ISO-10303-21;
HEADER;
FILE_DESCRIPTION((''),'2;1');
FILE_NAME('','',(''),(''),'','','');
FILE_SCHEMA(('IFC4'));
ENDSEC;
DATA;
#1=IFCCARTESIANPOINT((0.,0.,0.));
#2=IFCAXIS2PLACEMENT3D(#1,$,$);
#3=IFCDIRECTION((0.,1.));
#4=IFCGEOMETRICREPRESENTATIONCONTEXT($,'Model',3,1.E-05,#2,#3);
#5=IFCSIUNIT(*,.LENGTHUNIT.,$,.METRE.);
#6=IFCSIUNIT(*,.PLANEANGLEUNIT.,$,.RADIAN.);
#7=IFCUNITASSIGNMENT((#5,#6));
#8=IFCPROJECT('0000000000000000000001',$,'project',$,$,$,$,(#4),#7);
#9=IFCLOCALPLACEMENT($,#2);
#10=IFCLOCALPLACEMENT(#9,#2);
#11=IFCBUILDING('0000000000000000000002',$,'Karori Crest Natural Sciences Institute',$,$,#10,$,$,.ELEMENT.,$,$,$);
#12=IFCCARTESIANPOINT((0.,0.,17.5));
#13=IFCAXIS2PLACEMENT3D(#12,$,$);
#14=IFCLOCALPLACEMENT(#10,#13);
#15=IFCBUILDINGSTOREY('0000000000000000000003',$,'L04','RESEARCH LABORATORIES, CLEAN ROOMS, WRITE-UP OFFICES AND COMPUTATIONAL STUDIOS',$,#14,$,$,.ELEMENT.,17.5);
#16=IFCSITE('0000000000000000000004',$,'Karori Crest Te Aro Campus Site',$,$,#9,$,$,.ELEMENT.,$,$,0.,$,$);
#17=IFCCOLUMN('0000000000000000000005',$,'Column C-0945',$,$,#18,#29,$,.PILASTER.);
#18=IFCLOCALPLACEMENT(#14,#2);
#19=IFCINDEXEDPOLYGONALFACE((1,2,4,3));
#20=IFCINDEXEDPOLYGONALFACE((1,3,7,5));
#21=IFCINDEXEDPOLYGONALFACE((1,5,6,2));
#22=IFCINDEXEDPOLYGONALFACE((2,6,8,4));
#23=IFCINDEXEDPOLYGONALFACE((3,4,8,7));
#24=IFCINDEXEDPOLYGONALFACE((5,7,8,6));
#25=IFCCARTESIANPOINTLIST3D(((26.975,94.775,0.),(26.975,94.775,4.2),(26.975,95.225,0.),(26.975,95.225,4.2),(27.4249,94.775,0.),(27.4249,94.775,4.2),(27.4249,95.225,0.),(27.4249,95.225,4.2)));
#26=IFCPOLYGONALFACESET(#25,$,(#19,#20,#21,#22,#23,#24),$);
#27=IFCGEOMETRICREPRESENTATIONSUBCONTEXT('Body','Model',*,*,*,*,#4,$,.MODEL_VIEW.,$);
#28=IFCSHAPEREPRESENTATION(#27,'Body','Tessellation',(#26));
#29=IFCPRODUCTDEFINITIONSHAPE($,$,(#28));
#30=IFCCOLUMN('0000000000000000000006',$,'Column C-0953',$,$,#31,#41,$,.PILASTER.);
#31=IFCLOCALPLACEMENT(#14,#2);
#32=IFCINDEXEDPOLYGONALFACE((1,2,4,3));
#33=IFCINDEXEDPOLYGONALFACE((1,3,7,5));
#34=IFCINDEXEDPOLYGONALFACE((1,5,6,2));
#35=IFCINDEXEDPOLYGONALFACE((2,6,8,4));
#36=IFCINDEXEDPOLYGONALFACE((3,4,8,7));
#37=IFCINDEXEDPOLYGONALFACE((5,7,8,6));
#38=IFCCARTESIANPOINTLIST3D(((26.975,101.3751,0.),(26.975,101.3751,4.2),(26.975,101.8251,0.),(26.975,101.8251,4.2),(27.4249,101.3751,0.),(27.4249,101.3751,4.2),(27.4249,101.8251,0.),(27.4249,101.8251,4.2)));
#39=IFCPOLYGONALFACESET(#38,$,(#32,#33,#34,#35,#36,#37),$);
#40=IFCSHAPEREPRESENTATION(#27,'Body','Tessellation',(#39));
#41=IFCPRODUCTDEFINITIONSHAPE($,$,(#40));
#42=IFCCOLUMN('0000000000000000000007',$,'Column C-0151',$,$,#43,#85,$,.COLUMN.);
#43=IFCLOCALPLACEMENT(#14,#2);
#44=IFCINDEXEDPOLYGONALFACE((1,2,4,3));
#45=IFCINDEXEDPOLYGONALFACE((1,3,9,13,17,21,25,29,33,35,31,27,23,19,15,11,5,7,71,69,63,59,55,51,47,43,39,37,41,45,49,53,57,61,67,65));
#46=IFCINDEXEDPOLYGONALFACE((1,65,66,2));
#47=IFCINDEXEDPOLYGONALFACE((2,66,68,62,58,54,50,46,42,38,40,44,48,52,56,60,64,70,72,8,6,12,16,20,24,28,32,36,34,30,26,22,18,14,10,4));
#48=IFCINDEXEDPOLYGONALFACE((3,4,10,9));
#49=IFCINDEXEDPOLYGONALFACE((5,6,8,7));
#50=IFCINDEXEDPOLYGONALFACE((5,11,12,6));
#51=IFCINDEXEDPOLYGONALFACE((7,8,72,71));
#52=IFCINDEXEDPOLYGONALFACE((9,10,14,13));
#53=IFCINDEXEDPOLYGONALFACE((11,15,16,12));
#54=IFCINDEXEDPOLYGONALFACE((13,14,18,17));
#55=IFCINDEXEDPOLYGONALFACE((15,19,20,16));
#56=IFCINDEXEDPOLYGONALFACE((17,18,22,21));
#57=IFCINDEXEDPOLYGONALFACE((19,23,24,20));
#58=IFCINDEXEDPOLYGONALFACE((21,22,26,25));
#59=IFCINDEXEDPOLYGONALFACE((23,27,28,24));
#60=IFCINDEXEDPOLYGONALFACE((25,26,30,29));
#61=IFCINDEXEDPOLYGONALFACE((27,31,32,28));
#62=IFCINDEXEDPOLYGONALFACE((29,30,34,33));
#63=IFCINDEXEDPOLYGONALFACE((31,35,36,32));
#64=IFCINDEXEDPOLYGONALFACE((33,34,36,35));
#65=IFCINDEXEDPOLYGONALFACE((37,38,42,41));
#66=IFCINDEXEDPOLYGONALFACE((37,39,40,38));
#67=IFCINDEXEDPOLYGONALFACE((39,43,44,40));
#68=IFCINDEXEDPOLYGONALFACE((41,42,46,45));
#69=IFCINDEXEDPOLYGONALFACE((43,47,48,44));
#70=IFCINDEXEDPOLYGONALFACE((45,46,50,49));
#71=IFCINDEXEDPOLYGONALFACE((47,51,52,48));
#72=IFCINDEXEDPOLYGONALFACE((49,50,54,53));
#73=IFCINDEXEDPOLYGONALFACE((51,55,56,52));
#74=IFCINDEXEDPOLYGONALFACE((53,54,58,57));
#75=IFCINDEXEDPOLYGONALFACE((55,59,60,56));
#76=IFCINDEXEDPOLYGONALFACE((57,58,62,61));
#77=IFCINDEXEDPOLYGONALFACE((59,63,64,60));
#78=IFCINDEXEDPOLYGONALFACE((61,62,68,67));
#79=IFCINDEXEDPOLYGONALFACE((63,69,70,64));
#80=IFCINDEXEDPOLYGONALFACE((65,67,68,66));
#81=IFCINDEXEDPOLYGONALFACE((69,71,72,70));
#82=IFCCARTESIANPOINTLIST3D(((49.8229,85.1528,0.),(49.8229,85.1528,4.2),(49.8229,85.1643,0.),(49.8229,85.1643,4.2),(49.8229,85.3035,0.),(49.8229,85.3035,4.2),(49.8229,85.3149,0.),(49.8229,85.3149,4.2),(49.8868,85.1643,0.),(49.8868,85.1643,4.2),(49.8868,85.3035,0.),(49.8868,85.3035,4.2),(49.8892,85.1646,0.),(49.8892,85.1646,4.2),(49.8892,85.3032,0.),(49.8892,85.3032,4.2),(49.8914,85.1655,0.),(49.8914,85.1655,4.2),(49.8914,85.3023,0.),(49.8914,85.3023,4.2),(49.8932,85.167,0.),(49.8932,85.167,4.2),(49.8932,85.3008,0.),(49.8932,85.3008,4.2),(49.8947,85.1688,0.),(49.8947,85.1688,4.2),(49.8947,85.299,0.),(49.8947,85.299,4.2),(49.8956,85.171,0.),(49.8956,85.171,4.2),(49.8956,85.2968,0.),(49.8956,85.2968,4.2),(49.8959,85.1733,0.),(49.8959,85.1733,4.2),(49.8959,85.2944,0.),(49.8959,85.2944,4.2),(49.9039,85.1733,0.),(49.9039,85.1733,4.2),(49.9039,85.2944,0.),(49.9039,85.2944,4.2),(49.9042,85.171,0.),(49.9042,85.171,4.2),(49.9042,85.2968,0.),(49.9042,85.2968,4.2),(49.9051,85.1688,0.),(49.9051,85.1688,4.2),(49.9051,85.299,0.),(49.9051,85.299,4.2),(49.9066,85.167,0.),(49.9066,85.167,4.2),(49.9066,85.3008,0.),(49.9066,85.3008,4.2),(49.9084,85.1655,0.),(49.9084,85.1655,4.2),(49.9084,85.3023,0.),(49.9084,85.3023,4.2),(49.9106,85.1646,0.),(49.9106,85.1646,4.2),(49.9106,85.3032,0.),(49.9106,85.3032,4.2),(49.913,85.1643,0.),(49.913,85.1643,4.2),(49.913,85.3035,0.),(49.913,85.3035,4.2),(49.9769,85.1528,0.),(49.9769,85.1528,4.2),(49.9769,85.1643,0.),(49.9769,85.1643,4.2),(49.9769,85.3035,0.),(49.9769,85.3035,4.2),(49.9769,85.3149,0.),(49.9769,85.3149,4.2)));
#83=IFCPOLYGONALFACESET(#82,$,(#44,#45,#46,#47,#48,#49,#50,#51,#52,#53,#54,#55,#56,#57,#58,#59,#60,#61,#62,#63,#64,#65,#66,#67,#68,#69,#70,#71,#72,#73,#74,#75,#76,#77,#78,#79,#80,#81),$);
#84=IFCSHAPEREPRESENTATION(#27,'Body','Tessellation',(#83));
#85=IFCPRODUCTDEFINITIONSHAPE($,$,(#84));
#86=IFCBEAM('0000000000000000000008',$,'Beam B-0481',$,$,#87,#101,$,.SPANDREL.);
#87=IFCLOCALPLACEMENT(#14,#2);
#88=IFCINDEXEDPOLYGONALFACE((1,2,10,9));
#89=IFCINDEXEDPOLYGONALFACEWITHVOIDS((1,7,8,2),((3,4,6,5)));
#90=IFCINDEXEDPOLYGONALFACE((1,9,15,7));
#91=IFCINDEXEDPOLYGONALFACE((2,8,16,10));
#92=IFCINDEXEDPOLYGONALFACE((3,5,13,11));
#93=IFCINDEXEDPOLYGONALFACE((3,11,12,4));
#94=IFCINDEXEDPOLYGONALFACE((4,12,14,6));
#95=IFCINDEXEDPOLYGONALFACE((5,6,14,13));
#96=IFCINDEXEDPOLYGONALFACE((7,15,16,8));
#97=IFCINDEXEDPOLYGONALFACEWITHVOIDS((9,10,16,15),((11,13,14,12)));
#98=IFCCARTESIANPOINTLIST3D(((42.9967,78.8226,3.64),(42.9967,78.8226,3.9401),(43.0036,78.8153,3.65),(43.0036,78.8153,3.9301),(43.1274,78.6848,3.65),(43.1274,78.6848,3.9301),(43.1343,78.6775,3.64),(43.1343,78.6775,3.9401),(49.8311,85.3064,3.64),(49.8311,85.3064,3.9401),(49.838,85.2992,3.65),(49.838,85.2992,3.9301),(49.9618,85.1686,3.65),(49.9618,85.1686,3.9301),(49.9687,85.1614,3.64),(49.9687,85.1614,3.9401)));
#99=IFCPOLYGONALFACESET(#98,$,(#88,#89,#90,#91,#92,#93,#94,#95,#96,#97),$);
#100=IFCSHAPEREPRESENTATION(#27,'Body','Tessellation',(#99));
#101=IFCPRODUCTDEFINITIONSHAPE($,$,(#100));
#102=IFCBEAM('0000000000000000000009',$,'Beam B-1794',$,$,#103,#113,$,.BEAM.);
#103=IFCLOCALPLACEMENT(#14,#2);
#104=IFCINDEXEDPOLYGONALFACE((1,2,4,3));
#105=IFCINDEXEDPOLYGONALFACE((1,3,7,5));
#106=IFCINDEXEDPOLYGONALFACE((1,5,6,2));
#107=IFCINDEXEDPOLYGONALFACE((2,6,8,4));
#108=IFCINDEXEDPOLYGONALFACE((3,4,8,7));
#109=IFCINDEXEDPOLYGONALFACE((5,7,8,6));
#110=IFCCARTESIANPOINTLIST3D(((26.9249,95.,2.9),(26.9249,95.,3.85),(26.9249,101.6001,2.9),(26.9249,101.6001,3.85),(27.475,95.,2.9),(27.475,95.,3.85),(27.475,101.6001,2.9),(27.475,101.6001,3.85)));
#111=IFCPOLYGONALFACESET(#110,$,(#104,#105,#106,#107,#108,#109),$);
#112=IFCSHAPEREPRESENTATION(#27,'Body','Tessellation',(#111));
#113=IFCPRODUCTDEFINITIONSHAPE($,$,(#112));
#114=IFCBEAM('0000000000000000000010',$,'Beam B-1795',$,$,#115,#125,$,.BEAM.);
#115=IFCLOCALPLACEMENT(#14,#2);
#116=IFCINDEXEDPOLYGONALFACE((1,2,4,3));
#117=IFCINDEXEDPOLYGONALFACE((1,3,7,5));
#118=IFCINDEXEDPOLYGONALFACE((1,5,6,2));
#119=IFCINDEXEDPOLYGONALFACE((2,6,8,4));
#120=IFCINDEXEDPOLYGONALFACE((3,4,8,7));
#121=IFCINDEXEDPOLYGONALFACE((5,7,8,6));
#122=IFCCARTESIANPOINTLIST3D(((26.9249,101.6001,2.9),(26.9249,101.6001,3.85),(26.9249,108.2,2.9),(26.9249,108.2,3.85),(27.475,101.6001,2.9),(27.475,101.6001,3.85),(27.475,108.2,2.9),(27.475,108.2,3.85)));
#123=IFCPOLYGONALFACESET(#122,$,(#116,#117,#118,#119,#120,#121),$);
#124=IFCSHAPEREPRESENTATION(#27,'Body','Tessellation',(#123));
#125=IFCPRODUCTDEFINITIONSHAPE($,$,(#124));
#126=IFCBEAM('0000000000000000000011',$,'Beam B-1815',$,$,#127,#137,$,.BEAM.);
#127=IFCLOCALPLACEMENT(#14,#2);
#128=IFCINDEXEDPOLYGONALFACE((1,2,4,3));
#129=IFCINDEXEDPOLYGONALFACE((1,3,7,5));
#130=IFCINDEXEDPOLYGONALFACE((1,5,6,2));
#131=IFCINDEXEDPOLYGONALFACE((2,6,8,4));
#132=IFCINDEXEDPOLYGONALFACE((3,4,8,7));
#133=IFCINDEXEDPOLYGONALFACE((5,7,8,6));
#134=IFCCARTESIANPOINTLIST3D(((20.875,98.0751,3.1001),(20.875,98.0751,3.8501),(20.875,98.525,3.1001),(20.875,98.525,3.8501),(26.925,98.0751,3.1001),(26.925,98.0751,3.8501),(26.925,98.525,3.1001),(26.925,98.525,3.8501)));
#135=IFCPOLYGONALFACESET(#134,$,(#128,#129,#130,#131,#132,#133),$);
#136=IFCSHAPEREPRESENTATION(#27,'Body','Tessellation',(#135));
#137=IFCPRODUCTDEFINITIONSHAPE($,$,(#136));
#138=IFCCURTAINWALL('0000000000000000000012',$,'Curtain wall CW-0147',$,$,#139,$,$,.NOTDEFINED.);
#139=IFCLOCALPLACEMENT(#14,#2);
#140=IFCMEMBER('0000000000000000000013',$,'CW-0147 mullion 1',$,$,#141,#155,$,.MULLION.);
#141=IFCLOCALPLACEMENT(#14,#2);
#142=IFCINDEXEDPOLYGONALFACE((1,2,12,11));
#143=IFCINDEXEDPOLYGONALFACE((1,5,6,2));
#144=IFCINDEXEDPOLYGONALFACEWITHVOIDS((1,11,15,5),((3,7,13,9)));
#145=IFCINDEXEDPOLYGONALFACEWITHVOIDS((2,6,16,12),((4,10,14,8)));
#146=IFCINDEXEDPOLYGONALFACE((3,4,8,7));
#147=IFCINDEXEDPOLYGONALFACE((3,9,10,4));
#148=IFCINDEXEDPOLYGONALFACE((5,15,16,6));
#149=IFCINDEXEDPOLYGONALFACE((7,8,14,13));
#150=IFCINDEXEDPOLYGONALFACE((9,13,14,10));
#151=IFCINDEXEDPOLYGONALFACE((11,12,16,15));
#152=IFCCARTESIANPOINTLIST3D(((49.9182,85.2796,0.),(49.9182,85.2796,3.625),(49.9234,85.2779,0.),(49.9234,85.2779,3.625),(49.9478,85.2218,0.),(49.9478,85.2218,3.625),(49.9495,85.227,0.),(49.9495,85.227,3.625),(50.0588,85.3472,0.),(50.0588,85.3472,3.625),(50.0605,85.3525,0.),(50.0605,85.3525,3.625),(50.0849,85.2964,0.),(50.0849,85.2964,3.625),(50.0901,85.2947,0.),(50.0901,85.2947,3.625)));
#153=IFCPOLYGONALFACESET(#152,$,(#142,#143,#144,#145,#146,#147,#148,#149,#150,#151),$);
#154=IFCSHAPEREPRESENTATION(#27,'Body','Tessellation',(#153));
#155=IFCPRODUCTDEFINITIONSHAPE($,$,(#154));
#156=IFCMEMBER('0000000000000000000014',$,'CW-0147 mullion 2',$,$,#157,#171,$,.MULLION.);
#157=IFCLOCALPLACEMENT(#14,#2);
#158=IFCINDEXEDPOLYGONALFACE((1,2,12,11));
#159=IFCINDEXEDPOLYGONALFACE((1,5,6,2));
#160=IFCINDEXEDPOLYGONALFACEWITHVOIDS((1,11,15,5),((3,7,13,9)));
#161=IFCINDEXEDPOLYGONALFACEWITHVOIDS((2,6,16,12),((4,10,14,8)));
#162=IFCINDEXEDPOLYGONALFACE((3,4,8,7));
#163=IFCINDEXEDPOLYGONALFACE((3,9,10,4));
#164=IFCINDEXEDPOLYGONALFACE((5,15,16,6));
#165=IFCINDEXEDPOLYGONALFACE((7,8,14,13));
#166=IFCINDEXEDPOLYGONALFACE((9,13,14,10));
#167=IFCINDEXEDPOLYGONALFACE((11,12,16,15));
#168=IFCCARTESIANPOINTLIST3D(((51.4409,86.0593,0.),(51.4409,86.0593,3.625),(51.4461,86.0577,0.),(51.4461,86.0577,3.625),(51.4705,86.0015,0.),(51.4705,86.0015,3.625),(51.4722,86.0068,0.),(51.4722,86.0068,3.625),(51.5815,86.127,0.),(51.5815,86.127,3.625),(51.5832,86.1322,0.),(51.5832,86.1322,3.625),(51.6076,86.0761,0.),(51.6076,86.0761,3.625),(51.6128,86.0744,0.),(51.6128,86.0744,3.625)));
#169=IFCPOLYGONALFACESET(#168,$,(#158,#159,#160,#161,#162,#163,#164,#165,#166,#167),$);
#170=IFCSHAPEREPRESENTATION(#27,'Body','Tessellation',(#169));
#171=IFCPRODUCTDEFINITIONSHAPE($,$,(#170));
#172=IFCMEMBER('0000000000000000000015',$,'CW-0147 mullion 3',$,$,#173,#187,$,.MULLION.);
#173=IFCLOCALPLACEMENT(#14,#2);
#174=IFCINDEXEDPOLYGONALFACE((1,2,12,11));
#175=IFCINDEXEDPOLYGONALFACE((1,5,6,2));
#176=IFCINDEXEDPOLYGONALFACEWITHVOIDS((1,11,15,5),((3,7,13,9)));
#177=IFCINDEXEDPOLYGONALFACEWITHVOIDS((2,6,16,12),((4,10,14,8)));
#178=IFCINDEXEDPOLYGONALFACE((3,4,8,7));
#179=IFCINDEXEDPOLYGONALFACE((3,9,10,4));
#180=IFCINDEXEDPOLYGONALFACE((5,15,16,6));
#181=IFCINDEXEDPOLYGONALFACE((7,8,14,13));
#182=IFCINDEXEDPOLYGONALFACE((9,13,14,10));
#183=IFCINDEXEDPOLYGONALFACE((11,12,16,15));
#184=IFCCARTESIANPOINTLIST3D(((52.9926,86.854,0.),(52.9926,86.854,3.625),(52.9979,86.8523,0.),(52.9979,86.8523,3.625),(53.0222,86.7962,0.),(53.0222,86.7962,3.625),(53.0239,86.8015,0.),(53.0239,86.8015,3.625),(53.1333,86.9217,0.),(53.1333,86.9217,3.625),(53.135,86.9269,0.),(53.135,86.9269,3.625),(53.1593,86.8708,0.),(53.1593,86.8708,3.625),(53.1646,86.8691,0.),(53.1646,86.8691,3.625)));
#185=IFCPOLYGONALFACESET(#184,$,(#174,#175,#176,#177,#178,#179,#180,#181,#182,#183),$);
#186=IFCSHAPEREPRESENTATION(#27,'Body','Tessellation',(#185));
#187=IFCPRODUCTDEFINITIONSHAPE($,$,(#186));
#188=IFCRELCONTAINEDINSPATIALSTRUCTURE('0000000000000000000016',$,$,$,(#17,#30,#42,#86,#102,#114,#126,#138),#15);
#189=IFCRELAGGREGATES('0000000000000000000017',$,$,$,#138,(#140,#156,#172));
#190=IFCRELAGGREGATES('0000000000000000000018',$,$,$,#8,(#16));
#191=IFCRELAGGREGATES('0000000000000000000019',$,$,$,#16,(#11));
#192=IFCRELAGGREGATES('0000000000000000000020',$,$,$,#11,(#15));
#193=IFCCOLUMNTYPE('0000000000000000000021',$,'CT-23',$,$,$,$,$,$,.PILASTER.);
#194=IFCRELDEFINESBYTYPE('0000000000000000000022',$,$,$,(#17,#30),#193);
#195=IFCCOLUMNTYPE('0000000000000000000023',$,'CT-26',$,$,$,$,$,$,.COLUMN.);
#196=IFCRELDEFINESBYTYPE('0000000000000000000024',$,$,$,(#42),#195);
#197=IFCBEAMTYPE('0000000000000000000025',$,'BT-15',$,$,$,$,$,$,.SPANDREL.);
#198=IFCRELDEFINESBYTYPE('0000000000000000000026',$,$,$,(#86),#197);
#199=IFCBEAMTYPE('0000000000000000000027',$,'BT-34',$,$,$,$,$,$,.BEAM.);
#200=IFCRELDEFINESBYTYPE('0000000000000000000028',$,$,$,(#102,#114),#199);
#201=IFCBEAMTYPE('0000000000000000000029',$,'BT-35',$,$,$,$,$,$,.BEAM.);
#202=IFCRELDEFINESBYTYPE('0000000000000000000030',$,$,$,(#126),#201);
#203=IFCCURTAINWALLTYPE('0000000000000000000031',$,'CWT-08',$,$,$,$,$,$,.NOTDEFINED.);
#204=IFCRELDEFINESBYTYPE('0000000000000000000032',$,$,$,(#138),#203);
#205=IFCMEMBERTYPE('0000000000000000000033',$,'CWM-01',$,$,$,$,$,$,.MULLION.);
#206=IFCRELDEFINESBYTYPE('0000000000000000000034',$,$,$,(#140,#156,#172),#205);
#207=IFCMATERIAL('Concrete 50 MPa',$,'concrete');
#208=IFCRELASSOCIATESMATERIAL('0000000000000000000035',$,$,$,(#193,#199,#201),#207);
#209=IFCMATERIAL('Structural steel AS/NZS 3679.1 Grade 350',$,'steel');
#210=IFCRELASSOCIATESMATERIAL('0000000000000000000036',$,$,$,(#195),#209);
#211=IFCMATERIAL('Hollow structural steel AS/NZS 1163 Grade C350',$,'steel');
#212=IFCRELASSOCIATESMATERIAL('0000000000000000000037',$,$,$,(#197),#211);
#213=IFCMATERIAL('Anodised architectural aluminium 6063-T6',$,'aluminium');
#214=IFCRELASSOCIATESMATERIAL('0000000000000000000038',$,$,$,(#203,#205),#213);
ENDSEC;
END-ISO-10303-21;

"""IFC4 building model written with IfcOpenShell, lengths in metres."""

from ifc_helpers import new_model, si_unit, direction, frame, origin, origin_2d, place, context, subcontext, project, spatial, rectangle, hollow_rectangle, i_section, extrude, material, material_profile, profile_set, type_object, element, aggregate, save


model = new_model("IFC4")

# Units and contexts
model_context = context("Model", 3, precision=1e-05, world=origin(), true_north=direction((0.0, 1.0)))
body_context = subcontext(model_context, "Body", "Model", "MODEL_VIEW")
ifc_project = project(units=[si_unit("LENGTHUNIT", "METRE"), si_unit("PLANEANGLEUNIT", "RADIAN")], contexts=[model_context])

# Site, building, storey
site_placement = place(None, origin())
site = spatial("IfcSite", under=ifc_project, at=site_placement, Name="Karori Crest Te Aro Campus Site", CompositionType="ELEMENT", RefElevation=0.0)
building_placement = place(site_placement, origin())
building = spatial("IfcBuilding", under=site, at=building_placement, Name="Karori Crest Natural Sciences Institute", CompositionType="ELEMENT")
storey_placement = place(building_placement, frame((0.0, 0.0, 17.5)))
storey = spatial("IfcBuildingStorey", under=building, at=storey_placement, Name="L04", Description="RESEARCH LABORATORIES, CLEAN ROOMS, WRITE-UP OFFICES AND COMPUTATIONAL STUDIOS", CompositionType="ELEMENT", Elevation=17.5)

# Columns
ifc_material_1 = material(Name="Concrete 50 MPa", Category="concrete")
ifc_material_profile_1 = material_profile(ifc_material_1, rectangle(XDim=0.45, YDim=0.45, at=origin_2d()), Name="RC450x450")
ifc_profile_set_1 = profile_set([ifc_material_profile_1], Name="Concrete 50 MPa")
column_type_1 = type_object("IfcColumnType", Name="CT-23", PredefinedType="PILASTER", material=ifc_profile_set_1)
for number, where, z_axis, x_axis, name in (
    (1, (27.2, 95.0, 0.0), (0.0, 0.0, 1.0), (1.0, 0.0, 0.0), "Column C-0945"),
    (2, (27.2, 101.6001, 0.0), (0.0, 0.0, 1.0), (1.0, 0.0, 0.0), "Column C-0953"),
):
    element("IfcColumn", number, at=place(storey_placement, frame(where, z_axis=z_axis, x_axis=x_axis)), inside=storey, type_object=column_type_1, Name=name, PredefinedType="PILASTER", context=body_context, shape_type="SweptSolid", body=[
        extrude(rectangle(XDim=0.45, YDim=0.45, at=origin_2d()), origin(), (0.0, 0.0, 1.0), 4.2),
    ])
ifc_material_2 = material(Name="Structural steel AS/NZS 3679.1 Grade 350", Category="steel")
ifc_material_profile_2 = material_profile(ifc_material_2, i_section(OverallWidth=0.1541, OverallDepth=0.1621, WebThickness=0.0081, FlangeThickness=0.0115, FilletRadius=0.009, at=origin_2d()), Name="150UC37.2")
ifc_profile_set_2 = profile_set([ifc_material_profile_2], Name="Structural steel AS/NZS 3679.1 Grade 350")
column_type_2 = type_object("IfcColumnType", Name="CT-26", PredefinedType="COLUMN", material=ifc_profile_set_2)
column_placement = place(storey_placement, frame((49.8999, 85.2339, 0.0), z_axis=(0.0, 0.0, 1.0), x_axis=(1.0, 0.0, 0.0)))
element("IfcColumn", 3, at=column_placement, inside=storey, type_object=column_type_2, Name="Column C-0151", PredefinedType="COLUMN", context=body_context, shape_type="SweptSolid", body=[
    extrude(i_section(OverallWidth=0.1541, OverallDepth=0.1621, WebThickness=0.0081, FlangeThickness=0.0115, FilletRadius=0.009, at=origin_2d()), origin(), (0.0, 0.0, 1.0), 4.2),
])

# Beams
ifc_material_3 = material(Name="Hollow structural steel AS/NZS 1163 Grade C350", Category="steel")
ifc_material_profile_3 = material_profile(ifc_material_3, hollow_rectangle(XDim=0.2, YDim=0.3, WallThickness=0.01, at=origin_2d()), Name="RHS300x200x10")
ifc_profile_set_3 = profile_set([ifc_material_profile_3], Name="Hollow structural steel AS/NZS 1163 Grade C350")
beam_type_1 = type_object("IfcBeamType", Name="BT-15", PredefinedType="SPANDREL", material=ifc_profile_set_3)
beam_1_placement = place(storey_placement, frame((49.8999, 85.2339, 3.79), z_axis=(-0.725469, -0.688255, 0.0), x_axis=(0.688255, -0.725469, 0.0)))
element("IfcBeam", 4, at=beam_1_placement, inside=storey, type_object=beam_type_1, Name="Beam B-0481", PredefinedType="SPANDREL", context=body_context, shape_type="SweptSolid", body=[
    extrude(hollow_rectangle(XDim=0.2, YDim=0.3, WallThickness=0.01, at=origin_2d()), origin(), (0.0, 0.0, 1.0), 9.4207),
])
ifc_material_profile_4 = material_profile(ifc_material_1, rectangle(XDim=0.55, YDim=0.95, at=origin_2d()), Name="RCB550x950")
ifc_profile_set_4 = profile_set([ifc_material_profile_4], Name="Concrete 50 MPa")
beam_type_2 = type_object("IfcBeamType", Name="BT-34", PredefinedType="BEAM", material=ifc_profile_set_4)
beam_2_placement = place(storey_placement, frame((27.2, 95.0, 3.375), z_axis=(0.0, 1.0, 0.0), x_axis=(-1.0, 0.0, 0.0)))
element("IfcBeam", 5, at=beam_2_placement, inside=storey, type_object=beam_type_2, Name="Beam B-1794", PredefinedType="BEAM", context=body_context, shape_type="SweptSolid", body=[
    extrude(rectangle(XDim=0.55, YDim=0.95, at=origin_2d()), origin(), (0.0, 0.0, 1.0), 6.6001),
])
beam_3_placement = place(storey_placement, frame((27.2, 101.6001, 3.375), z_axis=(0.0, 1.0, 0.0), x_axis=(-1.0, 0.0, 0.0)))
element("IfcBeam", 6, at=beam_3_placement, inside=storey, type_object=beam_type_2, Name="Beam B-1795", PredefinedType="BEAM", context=body_context, shape_type="SweptSolid", body=[
    extrude(rectangle(XDim=0.55, YDim=0.95, at=origin_2d()), origin(), (0.0, 0.0, 1.0), 6.5999),
])
ifc_material_profile_5 = material_profile(ifc_material_1, rectangle(XDim=0.45, YDim=0.75, at=origin_2d()), Name="RCB450x750")
ifc_profile_set_5 = profile_set([ifc_material_profile_5], Name="Concrete 50 MPa")
beam_type_3 = type_object("IfcBeamType", Name="BT-35", PredefinedType="BEAM", material=ifc_profile_set_5)
beam_4_placement = place(storey_placement, frame((20.875, 98.3, 3.4751), z_axis=(1.0, 0.0, 0.0), x_axis=(0.0, 1.0, 0.0)))
element("IfcBeam", 7, at=beam_4_placement, inside=storey, type_object=beam_type_3, Name="Beam B-1815", PredefinedType="BEAM", context=body_context, shape_type="SweptSolid", body=[
    extrude(rectangle(XDim=0.45, YDim=0.75, at=origin_2d()), origin(), (0.0, 0.0, 1.0), 6.05),
])

# Curtain wall, members
ifc_material_4 = material(Name="Anodised architectural aluminium 6063-T6", Category="aluminium")
curtain_wall_type_1 = type_object("IfcCurtainWallType", Name="CWT-08", PredefinedType="NOTDEFINED", material=ifc_material_4)
curtain_wall_1_placement = place(storey_placement, origin())
curtain_wall_1 = element("IfcCurtainWall", 8, at=curtain_wall_1_placement, inside=storey, type_object=curtain_wall_type_1, Name="Curtain wall CW-0147", PredefinedType="NOTDEFINED")
ifc_material_profile_6 = material_profile(ifc_material_4, hollow_rectangle(XDim=0.0649, YDim=0.1599, WallThickness=0.0039, at=origin_2d()), Name="CWM160x65x4")
ifc_profile_set_6 = profile_set([ifc_material_profile_6], Name="Anodised architectural aluminium 6063-T6")
member_type_1 = type_object("IfcMemberType", Name="CWM-01", PredefinedType="MULLION", material=ifc_profile_set_6)
member_1_placement = place(storey_placement, frame((50.0042, 85.2871, 0.0), z_axis=(0.0, 0.0, 1.0), x_axis=(-0.455829, 0.890067, 0.0)))
member_1 = element("IfcMember", 9, at=member_1_placement, type_object=member_type_1, Name="CW-0147 mullion 1", PredefinedType="MULLION", context=body_context, shape_type="SweptSolid", body=[
    extrude(hollow_rectangle(XDim=0.0649, YDim=0.1599, WallThickness=0.0039, at=origin_2d()), origin(), (0.0, 0.0, 1.0), 3.625),
])
member_2_placement = place(storey_placement, frame((51.5269, 86.0669, 0.0), z_axis=(0.0, 0.0, 1.0), x_axis=(-0.455829, 0.890067, 0.0)))
member_2 = element("IfcMember", 10, at=member_2_placement, type_object=member_type_1, Name="CW-0147 mullion 2", PredefinedType="MULLION", context=body_context, shape_type="SweptSolid", body=[
    extrude(hollow_rectangle(XDim=0.0649, YDim=0.1599, WallThickness=0.0039, at=origin_2d()), origin(), (0.0, 0.0, 1.0), 3.625),
])
member_3_placement = place(storey_placement, frame((53.0786, 86.8616, 0.0), z_axis=(0.0, 0.0, 1.0), x_axis=(-0.455829, 0.890067, 0.0)))
member_3 = element("IfcMember", 11, at=member_3_placement, type_object=member_type_1, Name="CW-0147 mullion 3", PredefinedType="MULLION", context=body_context, shape_type="SweptSolid", body=[
    extrude(hollow_rectangle(XDim=0.0649, YDim=0.1599, WallThickness=0.0039, at=origin_2d()), origin(), (0.0, 0.0, 1.0), 3.625),
])

aggregate(curtain_wall_1, [member_1, member_2, member_3])

save(model, "model.ifc")
